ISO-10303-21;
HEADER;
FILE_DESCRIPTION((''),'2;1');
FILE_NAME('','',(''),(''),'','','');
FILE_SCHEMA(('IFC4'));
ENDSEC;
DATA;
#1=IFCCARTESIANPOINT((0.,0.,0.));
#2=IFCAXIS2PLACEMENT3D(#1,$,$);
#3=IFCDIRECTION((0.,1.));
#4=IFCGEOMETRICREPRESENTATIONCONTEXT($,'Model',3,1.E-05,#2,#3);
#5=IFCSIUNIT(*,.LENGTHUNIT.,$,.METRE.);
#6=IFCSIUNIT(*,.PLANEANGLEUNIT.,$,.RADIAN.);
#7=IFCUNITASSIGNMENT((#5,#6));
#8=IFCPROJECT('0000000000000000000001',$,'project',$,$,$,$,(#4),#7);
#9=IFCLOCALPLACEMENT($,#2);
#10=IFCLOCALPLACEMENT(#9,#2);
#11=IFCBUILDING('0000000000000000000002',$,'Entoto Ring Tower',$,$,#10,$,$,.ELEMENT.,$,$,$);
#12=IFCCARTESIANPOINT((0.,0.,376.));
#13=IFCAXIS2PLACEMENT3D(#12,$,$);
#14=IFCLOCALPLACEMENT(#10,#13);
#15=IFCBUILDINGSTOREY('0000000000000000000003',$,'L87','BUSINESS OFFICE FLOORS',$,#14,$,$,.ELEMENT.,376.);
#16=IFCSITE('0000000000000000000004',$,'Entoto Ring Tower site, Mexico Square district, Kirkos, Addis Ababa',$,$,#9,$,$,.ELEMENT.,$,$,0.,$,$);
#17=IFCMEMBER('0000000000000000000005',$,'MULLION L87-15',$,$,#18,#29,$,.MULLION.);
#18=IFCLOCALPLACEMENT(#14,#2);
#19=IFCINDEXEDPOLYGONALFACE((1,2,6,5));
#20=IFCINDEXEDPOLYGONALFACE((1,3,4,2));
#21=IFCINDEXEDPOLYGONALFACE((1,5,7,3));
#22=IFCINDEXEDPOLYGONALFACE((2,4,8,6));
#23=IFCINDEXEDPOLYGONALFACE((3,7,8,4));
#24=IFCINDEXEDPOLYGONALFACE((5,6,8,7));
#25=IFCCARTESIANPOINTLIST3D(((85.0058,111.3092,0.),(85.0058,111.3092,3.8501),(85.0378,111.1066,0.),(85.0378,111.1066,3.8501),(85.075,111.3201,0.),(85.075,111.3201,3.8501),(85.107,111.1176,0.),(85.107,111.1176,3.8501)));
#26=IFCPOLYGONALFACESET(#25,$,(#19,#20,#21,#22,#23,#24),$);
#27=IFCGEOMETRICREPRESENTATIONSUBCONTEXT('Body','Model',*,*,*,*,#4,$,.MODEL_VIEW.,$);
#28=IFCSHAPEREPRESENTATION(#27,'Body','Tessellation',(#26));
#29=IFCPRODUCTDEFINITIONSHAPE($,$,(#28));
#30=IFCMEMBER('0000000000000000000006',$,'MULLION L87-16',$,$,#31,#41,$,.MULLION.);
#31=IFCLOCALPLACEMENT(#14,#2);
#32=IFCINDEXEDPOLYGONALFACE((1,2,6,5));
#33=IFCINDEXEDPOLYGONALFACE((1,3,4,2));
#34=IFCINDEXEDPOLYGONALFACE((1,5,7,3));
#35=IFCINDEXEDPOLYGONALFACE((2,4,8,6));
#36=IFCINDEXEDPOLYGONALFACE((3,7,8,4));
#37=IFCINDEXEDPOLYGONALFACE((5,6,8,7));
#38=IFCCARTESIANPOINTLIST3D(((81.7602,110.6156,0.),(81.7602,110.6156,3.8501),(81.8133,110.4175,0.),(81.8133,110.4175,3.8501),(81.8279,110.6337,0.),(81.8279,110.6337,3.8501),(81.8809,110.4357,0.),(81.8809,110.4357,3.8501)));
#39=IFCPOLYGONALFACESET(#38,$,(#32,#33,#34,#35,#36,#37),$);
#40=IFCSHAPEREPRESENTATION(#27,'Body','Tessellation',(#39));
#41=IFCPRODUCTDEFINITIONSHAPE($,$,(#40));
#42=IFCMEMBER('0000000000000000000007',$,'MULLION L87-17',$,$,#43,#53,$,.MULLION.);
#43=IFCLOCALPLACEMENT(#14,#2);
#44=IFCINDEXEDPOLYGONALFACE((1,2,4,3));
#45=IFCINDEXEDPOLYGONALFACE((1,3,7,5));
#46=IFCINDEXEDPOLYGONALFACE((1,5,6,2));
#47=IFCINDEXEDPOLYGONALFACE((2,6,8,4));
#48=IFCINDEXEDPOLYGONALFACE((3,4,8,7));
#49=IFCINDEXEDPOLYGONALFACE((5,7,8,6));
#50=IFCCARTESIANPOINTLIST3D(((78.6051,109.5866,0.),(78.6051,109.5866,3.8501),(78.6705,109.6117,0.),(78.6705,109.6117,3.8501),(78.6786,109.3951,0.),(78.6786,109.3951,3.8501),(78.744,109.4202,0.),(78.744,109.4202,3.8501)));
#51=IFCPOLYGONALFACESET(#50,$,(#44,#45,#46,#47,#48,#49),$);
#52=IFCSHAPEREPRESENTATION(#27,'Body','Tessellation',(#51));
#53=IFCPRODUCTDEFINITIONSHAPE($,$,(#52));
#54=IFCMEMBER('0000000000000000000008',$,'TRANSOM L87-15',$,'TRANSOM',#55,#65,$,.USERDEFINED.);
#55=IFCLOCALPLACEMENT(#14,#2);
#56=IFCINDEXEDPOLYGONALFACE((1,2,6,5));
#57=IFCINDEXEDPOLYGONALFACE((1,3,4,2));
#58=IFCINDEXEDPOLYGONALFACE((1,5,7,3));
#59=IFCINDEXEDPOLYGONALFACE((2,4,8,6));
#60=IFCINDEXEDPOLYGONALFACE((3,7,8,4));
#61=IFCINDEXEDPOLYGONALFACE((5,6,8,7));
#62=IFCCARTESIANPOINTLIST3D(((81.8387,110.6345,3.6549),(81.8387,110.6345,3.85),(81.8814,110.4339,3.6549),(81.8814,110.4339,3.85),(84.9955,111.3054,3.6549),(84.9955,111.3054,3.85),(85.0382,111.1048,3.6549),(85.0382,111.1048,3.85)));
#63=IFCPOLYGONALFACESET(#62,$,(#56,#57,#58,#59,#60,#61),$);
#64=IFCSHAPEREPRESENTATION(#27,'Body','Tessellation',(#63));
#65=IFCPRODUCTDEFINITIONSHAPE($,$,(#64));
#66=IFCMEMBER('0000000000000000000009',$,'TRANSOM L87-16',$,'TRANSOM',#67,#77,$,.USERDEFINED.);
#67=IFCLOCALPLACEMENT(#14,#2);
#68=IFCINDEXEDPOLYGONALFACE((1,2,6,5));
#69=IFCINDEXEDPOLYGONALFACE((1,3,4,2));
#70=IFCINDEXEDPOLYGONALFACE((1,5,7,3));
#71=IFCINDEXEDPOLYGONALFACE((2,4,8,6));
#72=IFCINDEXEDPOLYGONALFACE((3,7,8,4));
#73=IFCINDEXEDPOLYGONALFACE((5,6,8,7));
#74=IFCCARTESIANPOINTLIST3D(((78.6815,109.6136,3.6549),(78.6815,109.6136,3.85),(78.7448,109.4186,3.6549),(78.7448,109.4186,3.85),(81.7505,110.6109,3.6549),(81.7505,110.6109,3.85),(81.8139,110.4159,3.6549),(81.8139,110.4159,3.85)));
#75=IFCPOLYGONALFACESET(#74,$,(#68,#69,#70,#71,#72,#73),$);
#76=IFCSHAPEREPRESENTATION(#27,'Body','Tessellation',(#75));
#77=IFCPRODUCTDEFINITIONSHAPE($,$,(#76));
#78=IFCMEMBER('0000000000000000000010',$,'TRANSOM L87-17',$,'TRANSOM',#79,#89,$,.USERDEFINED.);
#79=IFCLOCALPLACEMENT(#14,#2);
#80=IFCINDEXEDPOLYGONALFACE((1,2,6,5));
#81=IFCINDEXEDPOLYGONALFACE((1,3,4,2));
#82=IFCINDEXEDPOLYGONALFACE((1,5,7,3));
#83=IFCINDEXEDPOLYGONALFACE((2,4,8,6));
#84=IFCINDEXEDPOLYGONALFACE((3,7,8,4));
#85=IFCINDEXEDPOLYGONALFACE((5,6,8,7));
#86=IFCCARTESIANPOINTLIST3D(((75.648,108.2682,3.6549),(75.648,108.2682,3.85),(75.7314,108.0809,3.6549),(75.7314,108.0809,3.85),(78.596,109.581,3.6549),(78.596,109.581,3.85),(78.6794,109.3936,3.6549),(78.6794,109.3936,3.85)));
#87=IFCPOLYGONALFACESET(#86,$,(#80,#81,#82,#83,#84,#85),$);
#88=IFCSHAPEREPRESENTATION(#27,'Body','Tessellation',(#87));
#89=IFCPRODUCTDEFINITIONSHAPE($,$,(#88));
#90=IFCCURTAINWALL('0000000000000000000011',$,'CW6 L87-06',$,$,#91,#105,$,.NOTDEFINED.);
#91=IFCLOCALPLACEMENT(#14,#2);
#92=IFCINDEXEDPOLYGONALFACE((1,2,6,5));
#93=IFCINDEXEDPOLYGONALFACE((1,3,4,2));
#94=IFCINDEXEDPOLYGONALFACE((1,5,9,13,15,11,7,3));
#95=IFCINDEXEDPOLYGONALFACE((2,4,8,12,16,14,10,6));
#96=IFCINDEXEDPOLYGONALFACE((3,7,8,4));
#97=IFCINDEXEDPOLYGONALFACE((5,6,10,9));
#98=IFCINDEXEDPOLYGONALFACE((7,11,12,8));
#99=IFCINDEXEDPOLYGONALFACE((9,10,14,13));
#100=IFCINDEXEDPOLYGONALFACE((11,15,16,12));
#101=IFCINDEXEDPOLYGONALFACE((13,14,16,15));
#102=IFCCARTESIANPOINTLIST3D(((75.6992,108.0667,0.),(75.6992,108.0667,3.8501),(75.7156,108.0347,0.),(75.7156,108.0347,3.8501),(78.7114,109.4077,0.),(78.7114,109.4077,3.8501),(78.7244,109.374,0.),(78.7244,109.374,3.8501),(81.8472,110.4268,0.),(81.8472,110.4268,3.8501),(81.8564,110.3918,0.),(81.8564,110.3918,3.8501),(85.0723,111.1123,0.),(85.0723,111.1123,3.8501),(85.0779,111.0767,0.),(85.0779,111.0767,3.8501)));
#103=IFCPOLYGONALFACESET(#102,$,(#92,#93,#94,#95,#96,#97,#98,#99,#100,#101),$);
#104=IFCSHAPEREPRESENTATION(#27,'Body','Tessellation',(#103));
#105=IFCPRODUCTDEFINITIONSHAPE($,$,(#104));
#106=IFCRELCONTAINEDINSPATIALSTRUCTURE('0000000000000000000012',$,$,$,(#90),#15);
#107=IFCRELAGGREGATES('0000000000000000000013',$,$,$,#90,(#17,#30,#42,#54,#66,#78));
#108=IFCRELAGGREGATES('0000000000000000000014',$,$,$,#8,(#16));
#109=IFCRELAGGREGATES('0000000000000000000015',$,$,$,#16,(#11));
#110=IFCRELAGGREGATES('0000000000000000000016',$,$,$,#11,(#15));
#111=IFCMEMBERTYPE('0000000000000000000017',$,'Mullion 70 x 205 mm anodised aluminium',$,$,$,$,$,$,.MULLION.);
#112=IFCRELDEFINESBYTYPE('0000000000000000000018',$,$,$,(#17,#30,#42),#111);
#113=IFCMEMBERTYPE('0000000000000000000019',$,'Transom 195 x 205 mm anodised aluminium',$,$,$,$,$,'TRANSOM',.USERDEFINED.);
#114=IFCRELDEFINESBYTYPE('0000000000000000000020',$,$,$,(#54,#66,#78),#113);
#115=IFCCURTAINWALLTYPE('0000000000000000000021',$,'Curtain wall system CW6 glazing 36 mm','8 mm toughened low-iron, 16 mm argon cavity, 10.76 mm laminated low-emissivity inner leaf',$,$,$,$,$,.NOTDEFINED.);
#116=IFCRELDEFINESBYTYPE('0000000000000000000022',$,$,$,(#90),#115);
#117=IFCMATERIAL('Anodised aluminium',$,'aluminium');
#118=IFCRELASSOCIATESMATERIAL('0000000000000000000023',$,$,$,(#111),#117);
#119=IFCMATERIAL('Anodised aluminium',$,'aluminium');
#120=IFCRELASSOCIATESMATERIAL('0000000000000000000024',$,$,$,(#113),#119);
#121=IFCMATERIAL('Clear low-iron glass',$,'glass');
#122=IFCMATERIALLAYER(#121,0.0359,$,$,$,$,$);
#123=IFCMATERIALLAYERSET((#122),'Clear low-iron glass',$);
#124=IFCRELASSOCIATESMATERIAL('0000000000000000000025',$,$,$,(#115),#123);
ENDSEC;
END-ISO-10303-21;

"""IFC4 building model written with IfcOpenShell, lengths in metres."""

from ifc_helpers import new_model, si_unit, direction, frame, origin, origin_2d, place, context, subcontext, project, spatial, polyline, rectangle, outline, extrude, material, layer, layer_set, material_profile, profile_set, type_object, element, aggregate, save


model = new_model("IFC4")

# Units and contexts
model_context = context("Model", 3, precision=1e-05, world=origin(), true_north=direction((0.0, 1.0)))
body_context = subcontext(model_context, "Body", "Model", "MODEL_VIEW")
ifc_project = project(units=[si_unit("LENGTHUNIT", "METRE"), si_unit("PLANEANGLEUNIT", "RADIAN")], contexts=[model_context])

# Members
ifc_material_1 = material(Name="Anodised aluminium", Category="aluminium")
ifc_material_profile_1 = material_profile(ifc_material_1, rectangle(XDim=0.0701, YDim=0.2051, at=origin_2d()), Name="Mullion 70 x 205 mm anodised aluminium")
ifc_profile_set_1 = profile_set([ifc_material_profile_1], Name="Anodised aluminium")
member_type_1 = type_object("IfcMemberType", Name="Mullion 70 x 205 mm anodised aluminium", PredefinedType="MULLION", material=ifc_profile_set_1)
site_placement = place(None, origin())
building_placement = place(site_placement, origin())
storey_placement = place(building_placement, frame((0.0, 0.0, 376.0)))
member_1_placement = place(storey_placement, frame((85.0564, 111.2134, 0.0), z_axis=(0.0, 0.0, 1.0), x_axis=(-0.987688, -0.156434, 0.0)))
member_1 = element("IfcMember", 1, at=member_1_placement, type_object=member_type_1, Name="MULLION L87-15", PredefinedType="MULLION", context=body_context, shape_type="SweptSolid", body=[
    extrude(rectangle(XDim=0.0701, YDim=0.2051, at=origin_2d()), origin(), (0.0, 0.0, 1.0), 3.8501),
])
member_2_placement = place(storey_placement, frame((81.8206, 110.5256, 0.0), z_axis=(0.0, 0.0, 1.0), x_axis=(-0.965926, -0.258819, 0.0)))
member_2 = element("IfcMember", 2, at=member_2_placement, type_object=member_type_1, Name="MULLION L87-16", PredefinedType="MULLION", context=body_context, shape_type="SweptSolid", body=[
    extrude(rectangle(XDim=0.0701, YDim=0.2051, at=origin_2d()), origin(), (0.0, 0.0, 1.0), 3.8501),
])
member_3_placement = place(storey_placement, frame((78.6746, 109.5034, 0.0), z_axis=(0.0, 0.0, 1.0), x_axis=(-0.93358, -0.358368, 0.0)))
member_3 = element("IfcMember", 3, at=member_3_placement, type_object=member_type_1, Name="MULLION L87-17", PredefinedType="MULLION", context=body_context, shape_type="SweptSolid", body=[
    extrude(rectangle(XDim=0.0701, YDim=0.2051, at=origin_2d()), origin(), (0.0, 0.0, 1.0), 3.8501),
])
ifc_material_2 = material(Name="Anodised aluminium", Category="aluminium")
ifc_material_profile_2 = material_profile(ifc_material_2, rectangle(XDim=0.2051, YDim=0.1951, at=origin_2d()), Name="Transom 195 x 205 mm anodised aluminium")
ifc_profile_set_2 = profile_set([ifc_material_profile_2], Name="Anodised aluminium")
member_type_2 = type_object("IfcMemberType", Name="Transom 195 x 205 mm anodised aluminium", ElementType="TRANSOM", PredefinedType="USERDEFINED", material=ifc_profile_set_2)
member_4_placement = place(storey_placement, frame((85.0168, 111.2051, 3.7524), z_axis=(-0.978153, -0.207886, 0.0), x_axis=(0.207886, -0.978153, 0.0)))
member_4 = element("IfcMember", 4, at=member_4_placement, type_object=member_type_2, Name="TRANSOM L87-15", ObjectType="TRANSOM", PredefinedType="USERDEFINED", context=body_context, shape_type="SweptSolid", body=[
    extrude(rectangle(XDim=0.2051, YDim=0.1951, at=origin_2d()), origin(), (0.0, 0.0, 1.0), 3.2273),
])
member_5_placement = place(storey_placement, frame((81.7822, 110.5134, 3.7524), z_axis=(-0.951047, -0.309047, 0.0), x_axis=(0.309047, -0.951047, 0.0)))
member_5 = element("IfcMember", 5, at=member_5_placement, type_object=member_type_2, Name="TRANSOM L87-16", ObjectType="TRANSOM", PredefinedType="USERDEFINED", context=body_context, shape_type="SweptSolid", body=[
    extrude(rectangle(XDim=0.2051, YDim=0.1951, at=origin_2d()), origin(), (0.0, 0.0, 1.0), 3.2271),
])
member_6_placement = place(storey_placement, frame((78.6377, 109.4873, 3.7524), z_axis=(-0.913521, -0.406791, 0.0), x_axis=(0.406791, -0.913521, 0.0)))
member_6 = element("IfcMember", 6, at=member_6_placement, type_object=member_type_2, Name="TRANSOM L87-17", ObjectType="TRANSOM", PredefinedType="USERDEFINED", context=body_context, shape_type="SweptSolid", body=[
    extrude(rectangle(XDim=0.2051, YDim=0.1951, at=origin_2d()), origin(), (0.0, 0.0, 1.0), 3.2271),
])

# Site, building, storey
site = spatial("IfcSite", under=ifc_project, at=site_placement, Name="Entoto Ring Tower site, Mexico Square district, Kirkos, Addis Ababa", CompositionType="ELEMENT", RefElevation=0.0)
building = spatial("IfcBuilding", under=site, at=building_placement, Name="Entoto Ring Tower", CompositionType="ELEMENT")
storey = spatial("IfcBuildingStorey", under=building, at=storey_placement, Name="L87", Description="BUSINESS OFFICE FLOORS", CompositionType="ELEMENT", Elevation=376.0)

# Curtain wall
ifc_material_3 = material(Name="Clear low-iron glass", Category="glass")
ifc_layer = layer(ifc_material_3, 0.0359)
ifc_layer_set = layer_set([ifc_layer], Name="Clear low-iron glass")
curtain_wall_type = type_object("IfcCurtainWallType", Name="Curtain wall system CW6 glazing 36 mm", Description="8 mm toughened low-iron, 16 mm argon cavity, 10.76 mm laminated low-emissivity inner leaf", PredefinedType="NOTDEFINED", material=ifc_layer_set)
curtain_wall_1_placement = place(storey_placement, origin())
curtain_wall_1 = element("IfcCurtainWall", 7, at=curtain_wall_1_placement, inside=storey, type_object=curtain_wall_type, Name="CW6 L87-06", PredefinedType="NOTDEFINED", context=body_context, shape_type="SweptSolid", body=[
    extrude(outline(polyline([(85.0723, 111.1123), (81.8472, 110.4268), (78.7114, 109.4077), (75.6992, 108.0667), (75.7156, 108.0347), (78.7244, 109.374), (81.8564, 110.3918), (85.0779, 111.0767), (85.0723, 111.1123)])), origin(), (0.0, 0.0, 1.0), 3.8501),
])
aggregate(curtain_wall_1, [member_1, member_2, member_3, member_4, member_5, member_6])

save(model, "model.ifc")
